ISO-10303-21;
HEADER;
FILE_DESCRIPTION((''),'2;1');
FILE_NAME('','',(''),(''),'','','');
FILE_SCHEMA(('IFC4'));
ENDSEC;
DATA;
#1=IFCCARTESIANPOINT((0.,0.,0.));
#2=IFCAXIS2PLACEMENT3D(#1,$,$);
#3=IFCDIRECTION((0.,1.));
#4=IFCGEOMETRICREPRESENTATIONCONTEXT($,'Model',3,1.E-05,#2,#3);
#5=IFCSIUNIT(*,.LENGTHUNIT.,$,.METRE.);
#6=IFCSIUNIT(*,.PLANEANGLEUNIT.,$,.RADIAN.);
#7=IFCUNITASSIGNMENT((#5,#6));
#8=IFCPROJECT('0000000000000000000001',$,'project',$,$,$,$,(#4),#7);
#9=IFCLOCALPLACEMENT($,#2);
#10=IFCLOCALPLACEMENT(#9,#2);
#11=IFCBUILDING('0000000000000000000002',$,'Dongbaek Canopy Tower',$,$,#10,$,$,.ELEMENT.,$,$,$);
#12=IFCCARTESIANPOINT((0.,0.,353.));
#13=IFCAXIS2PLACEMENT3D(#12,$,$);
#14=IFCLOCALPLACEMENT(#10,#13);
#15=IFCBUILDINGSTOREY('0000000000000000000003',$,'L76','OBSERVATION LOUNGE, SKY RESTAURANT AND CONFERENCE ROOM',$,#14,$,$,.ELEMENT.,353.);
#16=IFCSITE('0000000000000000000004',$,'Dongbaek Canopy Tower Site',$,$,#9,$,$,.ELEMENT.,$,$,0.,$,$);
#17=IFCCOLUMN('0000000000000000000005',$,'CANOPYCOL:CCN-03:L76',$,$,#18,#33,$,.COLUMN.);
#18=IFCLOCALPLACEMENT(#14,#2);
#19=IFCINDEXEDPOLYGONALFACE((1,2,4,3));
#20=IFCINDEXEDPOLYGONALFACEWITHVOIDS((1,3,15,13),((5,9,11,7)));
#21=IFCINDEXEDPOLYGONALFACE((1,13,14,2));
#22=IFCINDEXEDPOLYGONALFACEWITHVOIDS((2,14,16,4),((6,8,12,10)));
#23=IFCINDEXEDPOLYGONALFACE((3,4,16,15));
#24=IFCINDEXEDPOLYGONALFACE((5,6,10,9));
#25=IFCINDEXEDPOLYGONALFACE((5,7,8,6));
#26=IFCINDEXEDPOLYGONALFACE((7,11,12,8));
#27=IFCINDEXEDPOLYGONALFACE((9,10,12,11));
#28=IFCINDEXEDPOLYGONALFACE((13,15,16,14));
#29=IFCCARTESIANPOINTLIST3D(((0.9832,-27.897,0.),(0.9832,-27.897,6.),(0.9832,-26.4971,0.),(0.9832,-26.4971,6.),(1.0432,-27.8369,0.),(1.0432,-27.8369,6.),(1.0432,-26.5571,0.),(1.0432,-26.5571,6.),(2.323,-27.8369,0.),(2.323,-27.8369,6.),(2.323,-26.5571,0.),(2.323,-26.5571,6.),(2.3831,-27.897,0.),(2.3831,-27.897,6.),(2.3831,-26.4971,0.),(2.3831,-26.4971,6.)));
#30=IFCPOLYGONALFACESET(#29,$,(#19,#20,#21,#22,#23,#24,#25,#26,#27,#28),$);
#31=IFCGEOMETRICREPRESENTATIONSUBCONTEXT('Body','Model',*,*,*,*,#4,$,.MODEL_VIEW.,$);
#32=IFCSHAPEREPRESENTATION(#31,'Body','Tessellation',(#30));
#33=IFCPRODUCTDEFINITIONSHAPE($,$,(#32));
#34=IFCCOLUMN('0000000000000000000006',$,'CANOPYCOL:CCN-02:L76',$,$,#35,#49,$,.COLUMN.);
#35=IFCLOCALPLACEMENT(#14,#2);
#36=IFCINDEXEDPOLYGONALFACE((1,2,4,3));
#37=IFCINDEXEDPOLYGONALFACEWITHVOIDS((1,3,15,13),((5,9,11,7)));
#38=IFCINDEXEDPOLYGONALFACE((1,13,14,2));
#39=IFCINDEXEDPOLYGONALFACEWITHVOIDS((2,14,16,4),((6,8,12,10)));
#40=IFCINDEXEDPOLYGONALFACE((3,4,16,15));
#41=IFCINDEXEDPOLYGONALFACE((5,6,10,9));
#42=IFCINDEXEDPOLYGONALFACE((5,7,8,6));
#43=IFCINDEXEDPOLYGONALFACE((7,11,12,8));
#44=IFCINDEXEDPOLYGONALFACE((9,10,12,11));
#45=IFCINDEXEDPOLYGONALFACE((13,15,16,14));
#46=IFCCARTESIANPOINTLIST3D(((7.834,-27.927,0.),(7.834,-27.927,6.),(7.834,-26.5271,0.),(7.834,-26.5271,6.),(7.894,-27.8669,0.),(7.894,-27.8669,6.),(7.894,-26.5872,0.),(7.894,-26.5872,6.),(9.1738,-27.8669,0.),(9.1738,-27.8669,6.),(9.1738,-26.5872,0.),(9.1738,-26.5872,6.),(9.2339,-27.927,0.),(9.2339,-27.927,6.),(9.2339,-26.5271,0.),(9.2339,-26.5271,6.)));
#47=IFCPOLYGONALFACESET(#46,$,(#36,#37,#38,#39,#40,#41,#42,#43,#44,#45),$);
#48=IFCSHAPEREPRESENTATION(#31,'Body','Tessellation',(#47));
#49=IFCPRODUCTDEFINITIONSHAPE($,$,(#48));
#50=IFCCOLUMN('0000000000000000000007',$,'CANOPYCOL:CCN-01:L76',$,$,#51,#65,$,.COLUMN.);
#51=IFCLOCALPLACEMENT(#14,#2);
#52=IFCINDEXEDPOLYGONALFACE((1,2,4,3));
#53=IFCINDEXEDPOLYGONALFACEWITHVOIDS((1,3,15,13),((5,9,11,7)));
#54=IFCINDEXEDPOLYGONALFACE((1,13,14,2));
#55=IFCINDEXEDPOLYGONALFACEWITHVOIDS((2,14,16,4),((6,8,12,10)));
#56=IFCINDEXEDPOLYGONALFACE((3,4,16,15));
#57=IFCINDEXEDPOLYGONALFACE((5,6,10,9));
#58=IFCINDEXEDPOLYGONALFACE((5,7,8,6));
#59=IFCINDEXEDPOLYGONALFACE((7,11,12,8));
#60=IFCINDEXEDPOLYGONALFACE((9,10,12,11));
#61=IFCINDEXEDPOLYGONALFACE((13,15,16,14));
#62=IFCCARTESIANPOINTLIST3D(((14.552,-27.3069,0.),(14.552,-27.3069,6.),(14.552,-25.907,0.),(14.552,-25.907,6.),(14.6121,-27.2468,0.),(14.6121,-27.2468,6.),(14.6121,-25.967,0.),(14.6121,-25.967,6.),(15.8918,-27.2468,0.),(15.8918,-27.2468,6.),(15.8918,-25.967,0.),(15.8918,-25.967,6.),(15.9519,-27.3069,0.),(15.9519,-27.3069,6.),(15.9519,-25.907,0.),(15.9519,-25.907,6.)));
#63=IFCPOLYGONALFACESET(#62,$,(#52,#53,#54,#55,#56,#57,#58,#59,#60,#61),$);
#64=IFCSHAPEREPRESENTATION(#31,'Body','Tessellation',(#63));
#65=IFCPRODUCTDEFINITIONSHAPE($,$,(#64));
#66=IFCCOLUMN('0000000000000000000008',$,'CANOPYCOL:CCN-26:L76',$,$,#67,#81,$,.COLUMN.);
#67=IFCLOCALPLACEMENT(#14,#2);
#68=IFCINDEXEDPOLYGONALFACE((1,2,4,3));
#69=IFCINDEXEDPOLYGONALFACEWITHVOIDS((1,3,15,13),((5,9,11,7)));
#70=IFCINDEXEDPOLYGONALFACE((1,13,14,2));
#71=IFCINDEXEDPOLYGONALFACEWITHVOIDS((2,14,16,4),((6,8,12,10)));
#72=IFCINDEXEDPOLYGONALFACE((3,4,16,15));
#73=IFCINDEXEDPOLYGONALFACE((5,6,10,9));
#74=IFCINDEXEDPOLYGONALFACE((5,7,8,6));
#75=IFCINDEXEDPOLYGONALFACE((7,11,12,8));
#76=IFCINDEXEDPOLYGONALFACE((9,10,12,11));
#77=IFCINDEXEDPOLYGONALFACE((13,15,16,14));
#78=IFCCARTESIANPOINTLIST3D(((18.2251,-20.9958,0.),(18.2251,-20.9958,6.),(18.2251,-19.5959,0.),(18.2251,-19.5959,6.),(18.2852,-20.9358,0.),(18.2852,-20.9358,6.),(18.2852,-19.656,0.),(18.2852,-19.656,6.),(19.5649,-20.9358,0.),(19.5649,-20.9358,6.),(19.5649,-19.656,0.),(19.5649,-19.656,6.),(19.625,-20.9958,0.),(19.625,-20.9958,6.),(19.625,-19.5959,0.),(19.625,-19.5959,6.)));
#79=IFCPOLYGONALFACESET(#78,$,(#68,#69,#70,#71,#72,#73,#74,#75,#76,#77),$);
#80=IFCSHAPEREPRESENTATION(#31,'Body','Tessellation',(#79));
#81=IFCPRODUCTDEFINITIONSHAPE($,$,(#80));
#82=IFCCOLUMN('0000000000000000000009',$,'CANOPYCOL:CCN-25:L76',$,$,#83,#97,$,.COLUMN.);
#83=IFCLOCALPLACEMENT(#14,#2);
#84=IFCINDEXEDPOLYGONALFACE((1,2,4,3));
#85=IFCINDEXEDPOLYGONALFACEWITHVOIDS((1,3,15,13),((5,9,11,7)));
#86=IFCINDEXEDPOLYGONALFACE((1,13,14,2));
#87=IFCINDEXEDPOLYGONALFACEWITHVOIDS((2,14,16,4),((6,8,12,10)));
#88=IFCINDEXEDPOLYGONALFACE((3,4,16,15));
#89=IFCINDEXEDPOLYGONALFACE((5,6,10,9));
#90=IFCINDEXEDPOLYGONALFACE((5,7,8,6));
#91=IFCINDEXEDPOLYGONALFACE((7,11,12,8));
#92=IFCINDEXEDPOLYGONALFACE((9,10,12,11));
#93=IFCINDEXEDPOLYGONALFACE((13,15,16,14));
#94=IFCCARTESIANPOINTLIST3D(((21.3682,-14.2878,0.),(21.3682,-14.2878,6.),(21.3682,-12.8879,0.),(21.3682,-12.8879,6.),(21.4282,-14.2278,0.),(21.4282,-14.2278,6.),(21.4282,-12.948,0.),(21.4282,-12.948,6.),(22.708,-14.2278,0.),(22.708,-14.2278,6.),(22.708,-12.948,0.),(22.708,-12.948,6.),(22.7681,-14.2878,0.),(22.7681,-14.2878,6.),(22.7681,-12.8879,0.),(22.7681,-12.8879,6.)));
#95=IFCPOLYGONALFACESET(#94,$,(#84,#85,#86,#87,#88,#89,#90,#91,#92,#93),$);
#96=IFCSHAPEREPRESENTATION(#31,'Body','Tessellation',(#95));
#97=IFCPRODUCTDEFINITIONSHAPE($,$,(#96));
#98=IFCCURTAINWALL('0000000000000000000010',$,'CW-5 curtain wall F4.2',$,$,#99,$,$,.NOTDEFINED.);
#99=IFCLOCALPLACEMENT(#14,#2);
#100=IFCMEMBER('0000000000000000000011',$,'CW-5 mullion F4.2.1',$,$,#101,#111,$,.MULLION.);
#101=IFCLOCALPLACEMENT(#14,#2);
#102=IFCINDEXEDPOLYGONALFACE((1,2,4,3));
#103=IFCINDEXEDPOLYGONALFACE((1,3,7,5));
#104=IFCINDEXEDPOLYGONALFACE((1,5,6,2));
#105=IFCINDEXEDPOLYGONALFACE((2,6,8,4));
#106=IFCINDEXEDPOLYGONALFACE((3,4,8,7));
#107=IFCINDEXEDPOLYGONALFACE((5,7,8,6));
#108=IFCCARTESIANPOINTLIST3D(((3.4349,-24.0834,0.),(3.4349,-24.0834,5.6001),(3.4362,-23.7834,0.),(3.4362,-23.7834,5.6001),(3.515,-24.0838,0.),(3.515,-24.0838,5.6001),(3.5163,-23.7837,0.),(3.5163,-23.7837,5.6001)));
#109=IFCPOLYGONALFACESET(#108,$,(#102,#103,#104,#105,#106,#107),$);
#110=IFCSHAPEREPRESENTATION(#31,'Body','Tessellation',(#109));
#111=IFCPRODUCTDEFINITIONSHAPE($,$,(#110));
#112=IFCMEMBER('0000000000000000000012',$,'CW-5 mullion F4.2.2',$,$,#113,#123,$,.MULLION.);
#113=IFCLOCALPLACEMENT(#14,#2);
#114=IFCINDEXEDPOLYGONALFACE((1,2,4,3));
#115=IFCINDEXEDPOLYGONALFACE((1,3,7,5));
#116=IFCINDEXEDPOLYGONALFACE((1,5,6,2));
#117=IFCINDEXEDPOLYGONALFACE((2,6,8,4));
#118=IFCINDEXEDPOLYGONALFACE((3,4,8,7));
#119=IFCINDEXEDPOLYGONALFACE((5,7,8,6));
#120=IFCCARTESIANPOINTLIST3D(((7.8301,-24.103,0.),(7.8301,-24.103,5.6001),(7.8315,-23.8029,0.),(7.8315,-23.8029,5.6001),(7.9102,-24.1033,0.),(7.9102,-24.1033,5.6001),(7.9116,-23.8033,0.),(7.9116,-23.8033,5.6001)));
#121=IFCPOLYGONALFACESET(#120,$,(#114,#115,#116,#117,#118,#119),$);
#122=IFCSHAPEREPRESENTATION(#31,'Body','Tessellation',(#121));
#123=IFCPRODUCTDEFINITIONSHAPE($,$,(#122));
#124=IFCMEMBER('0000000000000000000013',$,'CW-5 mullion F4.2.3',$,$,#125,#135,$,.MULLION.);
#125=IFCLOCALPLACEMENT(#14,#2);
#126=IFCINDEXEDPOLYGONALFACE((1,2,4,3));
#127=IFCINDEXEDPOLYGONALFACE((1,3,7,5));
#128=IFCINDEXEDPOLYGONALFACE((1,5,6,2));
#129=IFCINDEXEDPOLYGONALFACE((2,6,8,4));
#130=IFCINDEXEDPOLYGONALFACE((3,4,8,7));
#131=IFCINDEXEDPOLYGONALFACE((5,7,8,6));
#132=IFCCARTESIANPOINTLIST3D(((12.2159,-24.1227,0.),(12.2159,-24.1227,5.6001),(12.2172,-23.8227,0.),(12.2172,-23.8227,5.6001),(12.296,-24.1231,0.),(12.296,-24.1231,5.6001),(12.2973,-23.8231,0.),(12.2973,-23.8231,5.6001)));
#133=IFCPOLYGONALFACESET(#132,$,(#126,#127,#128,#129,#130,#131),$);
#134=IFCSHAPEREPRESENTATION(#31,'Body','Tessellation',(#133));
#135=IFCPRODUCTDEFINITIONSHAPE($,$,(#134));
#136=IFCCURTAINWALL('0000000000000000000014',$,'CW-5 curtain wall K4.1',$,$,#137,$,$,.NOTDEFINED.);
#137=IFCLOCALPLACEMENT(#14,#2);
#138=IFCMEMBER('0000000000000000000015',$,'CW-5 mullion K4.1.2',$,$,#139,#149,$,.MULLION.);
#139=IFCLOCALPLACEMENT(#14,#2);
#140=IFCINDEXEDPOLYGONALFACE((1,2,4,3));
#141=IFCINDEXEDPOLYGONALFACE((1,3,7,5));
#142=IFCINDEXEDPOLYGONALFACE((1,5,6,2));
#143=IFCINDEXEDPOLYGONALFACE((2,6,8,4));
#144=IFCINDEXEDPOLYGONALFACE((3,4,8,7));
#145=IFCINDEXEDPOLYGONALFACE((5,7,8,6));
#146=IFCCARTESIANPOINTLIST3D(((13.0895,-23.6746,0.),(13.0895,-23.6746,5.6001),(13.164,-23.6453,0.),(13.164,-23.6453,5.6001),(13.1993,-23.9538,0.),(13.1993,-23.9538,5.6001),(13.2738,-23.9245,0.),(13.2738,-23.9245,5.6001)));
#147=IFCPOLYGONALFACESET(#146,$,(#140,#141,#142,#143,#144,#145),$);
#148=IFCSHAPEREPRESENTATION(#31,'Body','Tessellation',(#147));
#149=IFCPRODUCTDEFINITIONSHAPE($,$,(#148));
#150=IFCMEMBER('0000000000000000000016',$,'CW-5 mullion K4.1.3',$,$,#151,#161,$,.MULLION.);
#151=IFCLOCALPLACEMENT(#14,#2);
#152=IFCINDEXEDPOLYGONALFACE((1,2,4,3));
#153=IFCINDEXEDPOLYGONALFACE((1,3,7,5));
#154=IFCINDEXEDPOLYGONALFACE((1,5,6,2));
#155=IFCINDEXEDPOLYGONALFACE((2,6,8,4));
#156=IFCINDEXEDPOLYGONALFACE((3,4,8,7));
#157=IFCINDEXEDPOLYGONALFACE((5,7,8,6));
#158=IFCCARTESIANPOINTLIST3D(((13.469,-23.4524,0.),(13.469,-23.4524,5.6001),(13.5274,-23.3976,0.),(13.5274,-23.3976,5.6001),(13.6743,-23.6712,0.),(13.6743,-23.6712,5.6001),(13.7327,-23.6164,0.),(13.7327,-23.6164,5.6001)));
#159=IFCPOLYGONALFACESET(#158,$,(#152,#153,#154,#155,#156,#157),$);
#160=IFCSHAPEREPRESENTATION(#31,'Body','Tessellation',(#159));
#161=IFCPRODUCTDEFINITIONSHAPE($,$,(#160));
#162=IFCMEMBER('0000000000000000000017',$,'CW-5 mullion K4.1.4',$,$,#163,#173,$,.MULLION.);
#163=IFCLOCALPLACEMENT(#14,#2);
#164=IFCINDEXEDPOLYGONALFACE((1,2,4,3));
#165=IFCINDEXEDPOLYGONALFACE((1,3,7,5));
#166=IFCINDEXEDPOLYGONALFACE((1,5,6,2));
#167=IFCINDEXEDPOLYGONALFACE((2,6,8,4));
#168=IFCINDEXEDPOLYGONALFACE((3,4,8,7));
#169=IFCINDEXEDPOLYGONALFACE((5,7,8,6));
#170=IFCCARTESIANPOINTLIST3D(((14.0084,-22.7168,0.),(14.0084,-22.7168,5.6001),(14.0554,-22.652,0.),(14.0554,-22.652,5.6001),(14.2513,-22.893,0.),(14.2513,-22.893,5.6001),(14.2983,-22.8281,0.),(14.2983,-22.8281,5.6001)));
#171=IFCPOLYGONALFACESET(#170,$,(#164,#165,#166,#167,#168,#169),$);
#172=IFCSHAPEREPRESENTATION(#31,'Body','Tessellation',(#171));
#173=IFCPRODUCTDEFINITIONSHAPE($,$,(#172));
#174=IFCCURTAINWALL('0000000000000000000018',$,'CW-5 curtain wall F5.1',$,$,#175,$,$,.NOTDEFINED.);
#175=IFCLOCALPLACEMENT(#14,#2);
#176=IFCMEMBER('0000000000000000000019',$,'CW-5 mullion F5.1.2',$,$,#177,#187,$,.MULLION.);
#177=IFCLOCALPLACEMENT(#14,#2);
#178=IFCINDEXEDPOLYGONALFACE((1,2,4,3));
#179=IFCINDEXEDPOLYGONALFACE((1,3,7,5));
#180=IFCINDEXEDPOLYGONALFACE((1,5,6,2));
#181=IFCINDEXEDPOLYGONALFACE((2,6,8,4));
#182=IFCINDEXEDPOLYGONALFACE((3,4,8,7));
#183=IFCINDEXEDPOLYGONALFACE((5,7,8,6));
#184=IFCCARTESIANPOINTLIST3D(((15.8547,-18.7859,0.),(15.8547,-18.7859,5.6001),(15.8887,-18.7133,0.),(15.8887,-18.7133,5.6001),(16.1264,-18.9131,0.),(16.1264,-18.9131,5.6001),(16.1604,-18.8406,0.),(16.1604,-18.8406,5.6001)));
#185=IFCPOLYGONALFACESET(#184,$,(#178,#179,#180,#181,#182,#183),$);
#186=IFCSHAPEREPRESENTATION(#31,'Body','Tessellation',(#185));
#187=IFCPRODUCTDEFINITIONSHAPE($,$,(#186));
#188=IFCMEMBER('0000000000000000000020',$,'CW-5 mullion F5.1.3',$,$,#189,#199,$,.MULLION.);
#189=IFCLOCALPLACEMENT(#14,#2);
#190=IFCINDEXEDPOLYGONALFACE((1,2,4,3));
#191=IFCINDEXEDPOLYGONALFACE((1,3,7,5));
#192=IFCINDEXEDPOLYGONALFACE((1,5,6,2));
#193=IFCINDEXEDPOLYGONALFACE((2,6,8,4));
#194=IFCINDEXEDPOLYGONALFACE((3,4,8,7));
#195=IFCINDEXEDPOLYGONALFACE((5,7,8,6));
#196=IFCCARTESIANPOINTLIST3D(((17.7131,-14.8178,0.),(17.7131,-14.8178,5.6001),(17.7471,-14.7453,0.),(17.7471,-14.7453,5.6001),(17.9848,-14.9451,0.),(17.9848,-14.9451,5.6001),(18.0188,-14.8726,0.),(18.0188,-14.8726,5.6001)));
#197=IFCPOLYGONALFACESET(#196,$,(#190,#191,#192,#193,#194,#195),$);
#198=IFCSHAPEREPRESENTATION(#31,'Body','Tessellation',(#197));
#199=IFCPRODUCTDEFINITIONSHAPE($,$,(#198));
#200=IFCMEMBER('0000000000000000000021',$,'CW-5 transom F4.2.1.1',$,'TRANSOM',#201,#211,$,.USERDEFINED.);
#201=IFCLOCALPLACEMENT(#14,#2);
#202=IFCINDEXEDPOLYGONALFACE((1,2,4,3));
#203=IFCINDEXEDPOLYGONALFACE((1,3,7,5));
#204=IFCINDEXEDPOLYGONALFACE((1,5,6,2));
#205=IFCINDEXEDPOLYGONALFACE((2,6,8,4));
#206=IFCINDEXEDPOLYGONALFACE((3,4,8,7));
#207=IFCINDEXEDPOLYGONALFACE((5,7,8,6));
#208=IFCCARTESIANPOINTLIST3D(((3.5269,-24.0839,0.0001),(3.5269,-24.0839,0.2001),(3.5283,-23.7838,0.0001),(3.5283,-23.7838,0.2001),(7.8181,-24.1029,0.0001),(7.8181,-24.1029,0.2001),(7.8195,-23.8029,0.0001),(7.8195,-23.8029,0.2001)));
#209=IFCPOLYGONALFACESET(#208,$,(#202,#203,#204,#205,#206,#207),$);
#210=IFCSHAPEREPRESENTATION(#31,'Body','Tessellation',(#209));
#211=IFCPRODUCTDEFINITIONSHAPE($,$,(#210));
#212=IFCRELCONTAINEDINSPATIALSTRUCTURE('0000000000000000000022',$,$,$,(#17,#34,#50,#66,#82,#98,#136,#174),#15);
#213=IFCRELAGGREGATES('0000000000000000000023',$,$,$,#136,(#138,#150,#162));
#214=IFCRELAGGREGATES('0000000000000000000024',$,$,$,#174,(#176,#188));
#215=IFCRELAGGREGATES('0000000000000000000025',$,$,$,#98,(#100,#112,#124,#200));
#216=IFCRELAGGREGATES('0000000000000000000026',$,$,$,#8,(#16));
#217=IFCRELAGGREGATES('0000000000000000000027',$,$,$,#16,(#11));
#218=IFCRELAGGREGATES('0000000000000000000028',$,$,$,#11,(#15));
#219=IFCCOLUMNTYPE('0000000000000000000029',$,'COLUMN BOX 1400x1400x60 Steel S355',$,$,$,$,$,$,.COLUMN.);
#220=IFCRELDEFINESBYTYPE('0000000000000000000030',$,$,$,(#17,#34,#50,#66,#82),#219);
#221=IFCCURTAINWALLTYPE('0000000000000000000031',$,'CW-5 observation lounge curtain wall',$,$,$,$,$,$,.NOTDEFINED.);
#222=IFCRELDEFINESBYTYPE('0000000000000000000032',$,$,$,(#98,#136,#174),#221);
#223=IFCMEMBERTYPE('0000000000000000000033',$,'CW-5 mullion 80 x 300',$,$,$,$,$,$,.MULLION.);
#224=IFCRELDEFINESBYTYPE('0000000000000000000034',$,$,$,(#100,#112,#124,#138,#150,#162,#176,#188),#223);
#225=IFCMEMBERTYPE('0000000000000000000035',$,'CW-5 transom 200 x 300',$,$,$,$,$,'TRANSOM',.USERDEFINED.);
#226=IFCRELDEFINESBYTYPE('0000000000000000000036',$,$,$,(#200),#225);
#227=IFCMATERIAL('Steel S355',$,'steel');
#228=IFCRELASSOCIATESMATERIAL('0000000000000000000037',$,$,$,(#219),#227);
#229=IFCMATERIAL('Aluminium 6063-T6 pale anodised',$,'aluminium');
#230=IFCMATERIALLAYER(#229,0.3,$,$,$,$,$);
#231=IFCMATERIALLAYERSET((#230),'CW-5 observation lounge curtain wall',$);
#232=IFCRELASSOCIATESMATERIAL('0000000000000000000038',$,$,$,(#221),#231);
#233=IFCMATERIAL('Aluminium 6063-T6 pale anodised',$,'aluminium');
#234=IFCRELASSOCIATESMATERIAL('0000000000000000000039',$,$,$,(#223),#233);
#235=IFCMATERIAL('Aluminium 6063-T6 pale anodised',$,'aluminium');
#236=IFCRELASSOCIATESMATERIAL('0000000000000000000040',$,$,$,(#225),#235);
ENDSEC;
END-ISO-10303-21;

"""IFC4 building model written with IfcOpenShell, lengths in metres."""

from ifc_helpers import new_model, si_unit, direction, frame, origin, origin_2d, place, context, subcontext, project, spatial, rectangle, hollow_rectangle, extrude, material, layer, layer_set, material_profile, profile_set, type_object, element, aggregate, save


model = new_model("IFC4")

# Units and contexts
model_context = context("Model", 3, precision=1e-05, world=origin(), true_north=direction((0.0, 1.0)))
body_context = subcontext(model_context, "Body", "Model", "MODEL_VIEW")
ifc_project = project(units=[si_unit("LENGTHUNIT", "METRE"), si_unit("PLANEANGLEUNIT", "RADIAN")], contexts=[model_context])

# Site, building, storey
site_placement = place(None, origin())
site = spatial("IfcSite", under=ifc_project, at=site_placement, Name="Dongbaek Canopy Tower Site", CompositionType="ELEMENT", RefElevation=0.0)
building_placement = place(site_placement, origin())
building = spatial("IfcBuilding", under=site, at=building_placement, Name="Dongbaek Canopy Tower", CompositionType="ELEMENT")
storey_placement = place(building_placement, frame((0.0, 0.0, 353.0)))
storey = spatial("IfcBuildingStorey", under=building, at=storey_placement, Name="L76", Description="OBSERVATION LOUNGE, SKY RESTAURANT AND CONFERENCE ROOM", CompositionType="ELEMENT", Elevation=353.0)

# Columns
ifc_material_1 = material(Name="Steel S355", Category="steel")
ifc_material_profile_1 = material_profile(ifc_material_1, hollow_rectangle(XDim=1.3999, YDim=1.3999, WallThickness=0.0601, at=origin_2d()), Name="COLUMN BOX 1400x1400x60 Steel S355")
ifc_profile_set_1 = profile_set([ifc_material_profile_1], Name="Steel S355")
column_type = type_object("IfcColumnType", Name="COLUMN BOX 1400x1400x60 Steel S355", PredefinedType="COLUMN", material=ifc_profile_set_1)
for number, where, z_axis, x_axis, name in (
    (1, (1.6831, -27.197, 0.0), (0.0, 0.0, 1.0), (1.0, 0.0, 0.0), "CANOPYCOL:CCN-03:L76"),
    (2, (8.5339, -27.2271, 0.0), (0.0, 0.0, 1.0), (1.0, 0.0, 0.0), "CANOPYCOL:CCN-02:L76"),
    (3, (15.252, -26.6069, 0.0), (0.0, 0.0, 1.0), (1.0, 0.0, 0.0), "CANOPYCOL:CCN-01:L76"),
    (4, (18.925, -20.2959, 0.0), (0.0, 0.0, 1.0), (1.0, 0.0, 0.0), "CANOPYCOL:CCN-26:L76"),
    (5, (22.0681, -13.5879, 0.0), (0.0, 0.0, 1.0), (1.0, 0.0, 0.0), "CANOPYCOL:CCN-25:L76"),
):
    element("IfcColumn", number, at=place(storey_placement, frame(where, z_axis=z_axis, x_axis=x_axis)), inside=storey, type_object=column_type, Name=name, PredefinedType="COLUMN", context=body_context, shape_type="SweptSolid", body=[
        extrude(hollow_rectangle(XDim=1.3999, YDim=1.3999, WallThickness=0.0601, at=origin_2d()), origin(), (0.0, 0.0, 1.0), 6.0),
    ])

# Curtain walls, members
ifc_material_2 = material(Name="Aluminium 6063-T6 pale anodised", Category="aluminium")
ifc_layer_1 = layer(ifc_material_2, 0.3)
ifc_layer_set_1 = layer_set([ifc_layer_1], Name="CW-5 observation lounge curtain wall")
curtain_wall_type = type_object("IfcCurtainWallType", Name="CW-5 observation lounge curtain wall", PredefinedType="NOTDEFINED", material=ifc_layer_set_1)
curtain_wall_1_placement = place(storey_placement, origin())
curtain_wall_1 = element("IfcCurtainWall", 6, at=curtain_wall_1_placement, inside=storey, type_object=curtain_wall_type, Name="CW-5 curtain wall F4.2", PredefinedType="NOTDEFINED")
ifc_material_3 = material(Name="Aluminium 6063-T6 pale anodised", Category="aluminium")
ifc_material_profile_2 = material_profile(ifc_material_3, rectangle(XDim=0.3, YDim=0.0801, at=origin_2d()), Name="CW-5 mullion 80 x 300")
ifc_profile_set_2 = profile_set([ifc_material_profile_2], Name="Aluminium 6063-T6 pale anodised")
member_type_1 = type_object("IfcMemberType", Name="CW-5 mullion 80 x 300", PredefinedType="MULLION", material=ifc_profile_set_2)
member_1_placement = place(storey_placement, frame((3.4756, -23.9336, 0.0), z_axis=(0.0, 0.0, 1.0), x_axis=(-0.004466, -0.99999, 0.0)))
member_1 = element("IfcMember", 7, at=member_1_placement, type_object=member_type_1, Name="CW-5 mullion F4.2.1", PredefinedType="MULLION", context=body_context, shape_type="SweptSolid", body=[
    extrude(rectangle(XDim=0.3, YDim=0.0801, at=origin_2d()), origin(), (0.0, 0.0, 1.0), 5.6001),
])
member_2_placement = place(storey_placement, frame((7.8708, -23.9531, 0.0), z_axis=(0.0, 0.0, 1.0), x_axis=(-0.004466, -0.99999, 0.0)))
member_2 = element("IfcMember", 8, at=member_2_placement, type_object=member_type_1, Name="CW-5 mullion F4.2.2", PredefinedType="MULLION", context=body_context, shape_type="SweptSolid", body=[
    extrude(rectangle(XDim=0.3, YDim=0.0801, at=origin_2d()), origin(), (0.0, 0.0, 1.0), 5.6001),
])
member_3_placement = place(storey_placement, frame((12.2566, -23.9729, 0.0), z_axis=(0.0, 0.0, 1.0), x_axis=(-0.004466, -0.99999, 0.0)))
member_3 = element("IfcMember", 9, at=member_3_placement, type_object=member_type_1, Name="CW-5 mullion F4.2.3", PredefinedType="MULLION", context=body_context, shape_type="SweptSolid", body=[
    extrude(rectangle(XDim=0.3, YDim=0.0801, at=origin_2d()), origin(), (0.0, 0.0, 1.0), 5.6001),
])
curtain_wall_2_placement = place(storey_placement, origin())
curtain_wall_2 = element("IfcCurtainWall", 10, at=curtain_wall_2_placement, inside=storey, type_object=curtain_wall_type, Name="CW-5 curtain wall K4.1", PredefinedType="NOTDEFINED")
member_4_placement = place(storey_placement, frame((13.1816, -23.7996, 0.0), z_axis=(0.0, 0.0, 1.0), x_axis=(0.365922, -0.930645, 0.0)))
member_4 = element("IfcMember", 11, at=member_4_placement, type_object=member_type_1, Name="CW-5 mullion K4.1.2", PredefinedType="MULLION", context=body_context, shape_type="SweptSolid", body=[
    extrude(rectangle(XDim=0.3, YDim=0.0801, at=origin_2d()), origin(), (0.0, 0.0, 1.0), 5.6001),
])
member_5_placement = place(storey_placement, frame((13.6008, -23.5344, 0.0), z_axis=(0.0, 0.0, 1.0), x_axis=(0.684351, -0.729153, 0.0)))
member_5 = element("IfcMember", 12, at=member_5_placement, type_object=member_type_1, Name="CW-5 mullion K4.1.3", PredefinedType="MULLION", context=body_context, shape_type="SweptSolid", body=[
    extrude(rectangle(XDim=0.3, YDim=0.0801, at=origin_2d()), origin(), (0.0, 0.0, 1.0), 5.6001),
])
member_6_placement = place(storey_placement, frame((14.1533, -22.7725, 0.0), z_axis=(0.0, 0.0, 1.0), x_axis=(0.809476, -0.587153, 0.0)))
member_6 = element("IfcMember", 13, at=member_6_placement, type_object=member_type_1, Name="CW-5 mullion K4.1.4", PredefinedType="MULLION", context=body_context, shape_type="SweptSolid", body=[
    extrude(rectangle(XDim=0.3, YDim=0.0801, at=origin_2d()), origin(), (0.0, 0.0, 1.0), 5.6001),
])
curtain_wall_3_placement = place(storey_placement, origin())
curtain_wall_3 = element("IfcCurtainWall", 14, at=curtain_wall_3_placement, inside=storey, type_object=curtain_wall_type, Name="CW-5 curtain wall F5.1", PredefinedType="NOTDEFINED")
member_7_placement = place(storey_placement, frame((16.0076, -18.8132, 0.0), z_axis=(0.0, 0.0, 1.0), x_axis=(0.905605, -0.424123, 0.0)))
member_7 = element("IfcMember", 15, at=member_7_placement, type_object=member_type_1, Name="CW-5 mullion F5.1.2", PredefinedType="MULLION", context=body_context, shape_type="SweptSolid", body=[
    extrude(rectangle(XDim=0.3, YDim=0.0801, at=origin_2d()), origin(), (0.0, 0.0, 1.0), 5.6001),
])
member_8_placement = place(storey_placement, frame((17.866, -14.8452, 0.0), z_axis=(0.0, 0.0, 1.0), x_axis=(0.905605, -0.424123, 0.0)))
member_8 = element("IfcMember", 16, at=member_8_placement, type_object=member_type_1, Name="CW-5 mullion F5.1.3", PredefinedType="MULLION", context=body_context, shape_type="SweptSolid", body=[
    extrude(rectangle(XDim=0.3, YDim=0.0801, at=origin_2d()), origin(), (0.0, 0.0, 1.0), 5.6001),
])

# Member
ifc_material_4 = material(Name="Aluminium 6063-T6 pale anodised", Category="aluminium")
ifc_material_profile_3 = material_profile(ifc_material_4, rectangle(XDim=0.3, YDim=0.2, at=origin_2d()), Name="CW-5 transom 200 x 300")
ifc_profile_set_3 = profile_set([ifc_material_profile_3], Name="Aluminium 6063-T6 pale anodised")
member_type_2 = type_object("IfcMemberType", Name="CW-5 transom 200 x 300", ElementType="TRANSOM", PredefinedType="USERDEFINED", material=ifc_profile_set_3)
member_9_placement = place(storey_placement, frame((3.5276, -23.9338, 0.1001), z_axis=(0.99999, -0.004438, 0.0), x_axis=(0.004438, 0.99999, 0.0)))
member_9 = element("IfcMember", 17, at=member_9_placement, type_object=member_type_2, Name="CW-5 transom F4.2.1.1", ObjectType="TRANSOM", PredefinedType="USERDEFINED", context=body_context, shape_type="SweptSolid", body=[
    extrude(rectangle(XDim=0.3, YDim=0.2, at=origin_2d()), origin(), (0.0, 0.0, 1.0), 4.2913),
])
aggregate(curtain_wall_2, [member_4, member_5, member_6])
aggregate(curtain_wall_3, [member_7, member_8])

aggregate(curtain_wall_1, [member_1, member_2, member_3, member_9])

save(model, "model.ifc")
